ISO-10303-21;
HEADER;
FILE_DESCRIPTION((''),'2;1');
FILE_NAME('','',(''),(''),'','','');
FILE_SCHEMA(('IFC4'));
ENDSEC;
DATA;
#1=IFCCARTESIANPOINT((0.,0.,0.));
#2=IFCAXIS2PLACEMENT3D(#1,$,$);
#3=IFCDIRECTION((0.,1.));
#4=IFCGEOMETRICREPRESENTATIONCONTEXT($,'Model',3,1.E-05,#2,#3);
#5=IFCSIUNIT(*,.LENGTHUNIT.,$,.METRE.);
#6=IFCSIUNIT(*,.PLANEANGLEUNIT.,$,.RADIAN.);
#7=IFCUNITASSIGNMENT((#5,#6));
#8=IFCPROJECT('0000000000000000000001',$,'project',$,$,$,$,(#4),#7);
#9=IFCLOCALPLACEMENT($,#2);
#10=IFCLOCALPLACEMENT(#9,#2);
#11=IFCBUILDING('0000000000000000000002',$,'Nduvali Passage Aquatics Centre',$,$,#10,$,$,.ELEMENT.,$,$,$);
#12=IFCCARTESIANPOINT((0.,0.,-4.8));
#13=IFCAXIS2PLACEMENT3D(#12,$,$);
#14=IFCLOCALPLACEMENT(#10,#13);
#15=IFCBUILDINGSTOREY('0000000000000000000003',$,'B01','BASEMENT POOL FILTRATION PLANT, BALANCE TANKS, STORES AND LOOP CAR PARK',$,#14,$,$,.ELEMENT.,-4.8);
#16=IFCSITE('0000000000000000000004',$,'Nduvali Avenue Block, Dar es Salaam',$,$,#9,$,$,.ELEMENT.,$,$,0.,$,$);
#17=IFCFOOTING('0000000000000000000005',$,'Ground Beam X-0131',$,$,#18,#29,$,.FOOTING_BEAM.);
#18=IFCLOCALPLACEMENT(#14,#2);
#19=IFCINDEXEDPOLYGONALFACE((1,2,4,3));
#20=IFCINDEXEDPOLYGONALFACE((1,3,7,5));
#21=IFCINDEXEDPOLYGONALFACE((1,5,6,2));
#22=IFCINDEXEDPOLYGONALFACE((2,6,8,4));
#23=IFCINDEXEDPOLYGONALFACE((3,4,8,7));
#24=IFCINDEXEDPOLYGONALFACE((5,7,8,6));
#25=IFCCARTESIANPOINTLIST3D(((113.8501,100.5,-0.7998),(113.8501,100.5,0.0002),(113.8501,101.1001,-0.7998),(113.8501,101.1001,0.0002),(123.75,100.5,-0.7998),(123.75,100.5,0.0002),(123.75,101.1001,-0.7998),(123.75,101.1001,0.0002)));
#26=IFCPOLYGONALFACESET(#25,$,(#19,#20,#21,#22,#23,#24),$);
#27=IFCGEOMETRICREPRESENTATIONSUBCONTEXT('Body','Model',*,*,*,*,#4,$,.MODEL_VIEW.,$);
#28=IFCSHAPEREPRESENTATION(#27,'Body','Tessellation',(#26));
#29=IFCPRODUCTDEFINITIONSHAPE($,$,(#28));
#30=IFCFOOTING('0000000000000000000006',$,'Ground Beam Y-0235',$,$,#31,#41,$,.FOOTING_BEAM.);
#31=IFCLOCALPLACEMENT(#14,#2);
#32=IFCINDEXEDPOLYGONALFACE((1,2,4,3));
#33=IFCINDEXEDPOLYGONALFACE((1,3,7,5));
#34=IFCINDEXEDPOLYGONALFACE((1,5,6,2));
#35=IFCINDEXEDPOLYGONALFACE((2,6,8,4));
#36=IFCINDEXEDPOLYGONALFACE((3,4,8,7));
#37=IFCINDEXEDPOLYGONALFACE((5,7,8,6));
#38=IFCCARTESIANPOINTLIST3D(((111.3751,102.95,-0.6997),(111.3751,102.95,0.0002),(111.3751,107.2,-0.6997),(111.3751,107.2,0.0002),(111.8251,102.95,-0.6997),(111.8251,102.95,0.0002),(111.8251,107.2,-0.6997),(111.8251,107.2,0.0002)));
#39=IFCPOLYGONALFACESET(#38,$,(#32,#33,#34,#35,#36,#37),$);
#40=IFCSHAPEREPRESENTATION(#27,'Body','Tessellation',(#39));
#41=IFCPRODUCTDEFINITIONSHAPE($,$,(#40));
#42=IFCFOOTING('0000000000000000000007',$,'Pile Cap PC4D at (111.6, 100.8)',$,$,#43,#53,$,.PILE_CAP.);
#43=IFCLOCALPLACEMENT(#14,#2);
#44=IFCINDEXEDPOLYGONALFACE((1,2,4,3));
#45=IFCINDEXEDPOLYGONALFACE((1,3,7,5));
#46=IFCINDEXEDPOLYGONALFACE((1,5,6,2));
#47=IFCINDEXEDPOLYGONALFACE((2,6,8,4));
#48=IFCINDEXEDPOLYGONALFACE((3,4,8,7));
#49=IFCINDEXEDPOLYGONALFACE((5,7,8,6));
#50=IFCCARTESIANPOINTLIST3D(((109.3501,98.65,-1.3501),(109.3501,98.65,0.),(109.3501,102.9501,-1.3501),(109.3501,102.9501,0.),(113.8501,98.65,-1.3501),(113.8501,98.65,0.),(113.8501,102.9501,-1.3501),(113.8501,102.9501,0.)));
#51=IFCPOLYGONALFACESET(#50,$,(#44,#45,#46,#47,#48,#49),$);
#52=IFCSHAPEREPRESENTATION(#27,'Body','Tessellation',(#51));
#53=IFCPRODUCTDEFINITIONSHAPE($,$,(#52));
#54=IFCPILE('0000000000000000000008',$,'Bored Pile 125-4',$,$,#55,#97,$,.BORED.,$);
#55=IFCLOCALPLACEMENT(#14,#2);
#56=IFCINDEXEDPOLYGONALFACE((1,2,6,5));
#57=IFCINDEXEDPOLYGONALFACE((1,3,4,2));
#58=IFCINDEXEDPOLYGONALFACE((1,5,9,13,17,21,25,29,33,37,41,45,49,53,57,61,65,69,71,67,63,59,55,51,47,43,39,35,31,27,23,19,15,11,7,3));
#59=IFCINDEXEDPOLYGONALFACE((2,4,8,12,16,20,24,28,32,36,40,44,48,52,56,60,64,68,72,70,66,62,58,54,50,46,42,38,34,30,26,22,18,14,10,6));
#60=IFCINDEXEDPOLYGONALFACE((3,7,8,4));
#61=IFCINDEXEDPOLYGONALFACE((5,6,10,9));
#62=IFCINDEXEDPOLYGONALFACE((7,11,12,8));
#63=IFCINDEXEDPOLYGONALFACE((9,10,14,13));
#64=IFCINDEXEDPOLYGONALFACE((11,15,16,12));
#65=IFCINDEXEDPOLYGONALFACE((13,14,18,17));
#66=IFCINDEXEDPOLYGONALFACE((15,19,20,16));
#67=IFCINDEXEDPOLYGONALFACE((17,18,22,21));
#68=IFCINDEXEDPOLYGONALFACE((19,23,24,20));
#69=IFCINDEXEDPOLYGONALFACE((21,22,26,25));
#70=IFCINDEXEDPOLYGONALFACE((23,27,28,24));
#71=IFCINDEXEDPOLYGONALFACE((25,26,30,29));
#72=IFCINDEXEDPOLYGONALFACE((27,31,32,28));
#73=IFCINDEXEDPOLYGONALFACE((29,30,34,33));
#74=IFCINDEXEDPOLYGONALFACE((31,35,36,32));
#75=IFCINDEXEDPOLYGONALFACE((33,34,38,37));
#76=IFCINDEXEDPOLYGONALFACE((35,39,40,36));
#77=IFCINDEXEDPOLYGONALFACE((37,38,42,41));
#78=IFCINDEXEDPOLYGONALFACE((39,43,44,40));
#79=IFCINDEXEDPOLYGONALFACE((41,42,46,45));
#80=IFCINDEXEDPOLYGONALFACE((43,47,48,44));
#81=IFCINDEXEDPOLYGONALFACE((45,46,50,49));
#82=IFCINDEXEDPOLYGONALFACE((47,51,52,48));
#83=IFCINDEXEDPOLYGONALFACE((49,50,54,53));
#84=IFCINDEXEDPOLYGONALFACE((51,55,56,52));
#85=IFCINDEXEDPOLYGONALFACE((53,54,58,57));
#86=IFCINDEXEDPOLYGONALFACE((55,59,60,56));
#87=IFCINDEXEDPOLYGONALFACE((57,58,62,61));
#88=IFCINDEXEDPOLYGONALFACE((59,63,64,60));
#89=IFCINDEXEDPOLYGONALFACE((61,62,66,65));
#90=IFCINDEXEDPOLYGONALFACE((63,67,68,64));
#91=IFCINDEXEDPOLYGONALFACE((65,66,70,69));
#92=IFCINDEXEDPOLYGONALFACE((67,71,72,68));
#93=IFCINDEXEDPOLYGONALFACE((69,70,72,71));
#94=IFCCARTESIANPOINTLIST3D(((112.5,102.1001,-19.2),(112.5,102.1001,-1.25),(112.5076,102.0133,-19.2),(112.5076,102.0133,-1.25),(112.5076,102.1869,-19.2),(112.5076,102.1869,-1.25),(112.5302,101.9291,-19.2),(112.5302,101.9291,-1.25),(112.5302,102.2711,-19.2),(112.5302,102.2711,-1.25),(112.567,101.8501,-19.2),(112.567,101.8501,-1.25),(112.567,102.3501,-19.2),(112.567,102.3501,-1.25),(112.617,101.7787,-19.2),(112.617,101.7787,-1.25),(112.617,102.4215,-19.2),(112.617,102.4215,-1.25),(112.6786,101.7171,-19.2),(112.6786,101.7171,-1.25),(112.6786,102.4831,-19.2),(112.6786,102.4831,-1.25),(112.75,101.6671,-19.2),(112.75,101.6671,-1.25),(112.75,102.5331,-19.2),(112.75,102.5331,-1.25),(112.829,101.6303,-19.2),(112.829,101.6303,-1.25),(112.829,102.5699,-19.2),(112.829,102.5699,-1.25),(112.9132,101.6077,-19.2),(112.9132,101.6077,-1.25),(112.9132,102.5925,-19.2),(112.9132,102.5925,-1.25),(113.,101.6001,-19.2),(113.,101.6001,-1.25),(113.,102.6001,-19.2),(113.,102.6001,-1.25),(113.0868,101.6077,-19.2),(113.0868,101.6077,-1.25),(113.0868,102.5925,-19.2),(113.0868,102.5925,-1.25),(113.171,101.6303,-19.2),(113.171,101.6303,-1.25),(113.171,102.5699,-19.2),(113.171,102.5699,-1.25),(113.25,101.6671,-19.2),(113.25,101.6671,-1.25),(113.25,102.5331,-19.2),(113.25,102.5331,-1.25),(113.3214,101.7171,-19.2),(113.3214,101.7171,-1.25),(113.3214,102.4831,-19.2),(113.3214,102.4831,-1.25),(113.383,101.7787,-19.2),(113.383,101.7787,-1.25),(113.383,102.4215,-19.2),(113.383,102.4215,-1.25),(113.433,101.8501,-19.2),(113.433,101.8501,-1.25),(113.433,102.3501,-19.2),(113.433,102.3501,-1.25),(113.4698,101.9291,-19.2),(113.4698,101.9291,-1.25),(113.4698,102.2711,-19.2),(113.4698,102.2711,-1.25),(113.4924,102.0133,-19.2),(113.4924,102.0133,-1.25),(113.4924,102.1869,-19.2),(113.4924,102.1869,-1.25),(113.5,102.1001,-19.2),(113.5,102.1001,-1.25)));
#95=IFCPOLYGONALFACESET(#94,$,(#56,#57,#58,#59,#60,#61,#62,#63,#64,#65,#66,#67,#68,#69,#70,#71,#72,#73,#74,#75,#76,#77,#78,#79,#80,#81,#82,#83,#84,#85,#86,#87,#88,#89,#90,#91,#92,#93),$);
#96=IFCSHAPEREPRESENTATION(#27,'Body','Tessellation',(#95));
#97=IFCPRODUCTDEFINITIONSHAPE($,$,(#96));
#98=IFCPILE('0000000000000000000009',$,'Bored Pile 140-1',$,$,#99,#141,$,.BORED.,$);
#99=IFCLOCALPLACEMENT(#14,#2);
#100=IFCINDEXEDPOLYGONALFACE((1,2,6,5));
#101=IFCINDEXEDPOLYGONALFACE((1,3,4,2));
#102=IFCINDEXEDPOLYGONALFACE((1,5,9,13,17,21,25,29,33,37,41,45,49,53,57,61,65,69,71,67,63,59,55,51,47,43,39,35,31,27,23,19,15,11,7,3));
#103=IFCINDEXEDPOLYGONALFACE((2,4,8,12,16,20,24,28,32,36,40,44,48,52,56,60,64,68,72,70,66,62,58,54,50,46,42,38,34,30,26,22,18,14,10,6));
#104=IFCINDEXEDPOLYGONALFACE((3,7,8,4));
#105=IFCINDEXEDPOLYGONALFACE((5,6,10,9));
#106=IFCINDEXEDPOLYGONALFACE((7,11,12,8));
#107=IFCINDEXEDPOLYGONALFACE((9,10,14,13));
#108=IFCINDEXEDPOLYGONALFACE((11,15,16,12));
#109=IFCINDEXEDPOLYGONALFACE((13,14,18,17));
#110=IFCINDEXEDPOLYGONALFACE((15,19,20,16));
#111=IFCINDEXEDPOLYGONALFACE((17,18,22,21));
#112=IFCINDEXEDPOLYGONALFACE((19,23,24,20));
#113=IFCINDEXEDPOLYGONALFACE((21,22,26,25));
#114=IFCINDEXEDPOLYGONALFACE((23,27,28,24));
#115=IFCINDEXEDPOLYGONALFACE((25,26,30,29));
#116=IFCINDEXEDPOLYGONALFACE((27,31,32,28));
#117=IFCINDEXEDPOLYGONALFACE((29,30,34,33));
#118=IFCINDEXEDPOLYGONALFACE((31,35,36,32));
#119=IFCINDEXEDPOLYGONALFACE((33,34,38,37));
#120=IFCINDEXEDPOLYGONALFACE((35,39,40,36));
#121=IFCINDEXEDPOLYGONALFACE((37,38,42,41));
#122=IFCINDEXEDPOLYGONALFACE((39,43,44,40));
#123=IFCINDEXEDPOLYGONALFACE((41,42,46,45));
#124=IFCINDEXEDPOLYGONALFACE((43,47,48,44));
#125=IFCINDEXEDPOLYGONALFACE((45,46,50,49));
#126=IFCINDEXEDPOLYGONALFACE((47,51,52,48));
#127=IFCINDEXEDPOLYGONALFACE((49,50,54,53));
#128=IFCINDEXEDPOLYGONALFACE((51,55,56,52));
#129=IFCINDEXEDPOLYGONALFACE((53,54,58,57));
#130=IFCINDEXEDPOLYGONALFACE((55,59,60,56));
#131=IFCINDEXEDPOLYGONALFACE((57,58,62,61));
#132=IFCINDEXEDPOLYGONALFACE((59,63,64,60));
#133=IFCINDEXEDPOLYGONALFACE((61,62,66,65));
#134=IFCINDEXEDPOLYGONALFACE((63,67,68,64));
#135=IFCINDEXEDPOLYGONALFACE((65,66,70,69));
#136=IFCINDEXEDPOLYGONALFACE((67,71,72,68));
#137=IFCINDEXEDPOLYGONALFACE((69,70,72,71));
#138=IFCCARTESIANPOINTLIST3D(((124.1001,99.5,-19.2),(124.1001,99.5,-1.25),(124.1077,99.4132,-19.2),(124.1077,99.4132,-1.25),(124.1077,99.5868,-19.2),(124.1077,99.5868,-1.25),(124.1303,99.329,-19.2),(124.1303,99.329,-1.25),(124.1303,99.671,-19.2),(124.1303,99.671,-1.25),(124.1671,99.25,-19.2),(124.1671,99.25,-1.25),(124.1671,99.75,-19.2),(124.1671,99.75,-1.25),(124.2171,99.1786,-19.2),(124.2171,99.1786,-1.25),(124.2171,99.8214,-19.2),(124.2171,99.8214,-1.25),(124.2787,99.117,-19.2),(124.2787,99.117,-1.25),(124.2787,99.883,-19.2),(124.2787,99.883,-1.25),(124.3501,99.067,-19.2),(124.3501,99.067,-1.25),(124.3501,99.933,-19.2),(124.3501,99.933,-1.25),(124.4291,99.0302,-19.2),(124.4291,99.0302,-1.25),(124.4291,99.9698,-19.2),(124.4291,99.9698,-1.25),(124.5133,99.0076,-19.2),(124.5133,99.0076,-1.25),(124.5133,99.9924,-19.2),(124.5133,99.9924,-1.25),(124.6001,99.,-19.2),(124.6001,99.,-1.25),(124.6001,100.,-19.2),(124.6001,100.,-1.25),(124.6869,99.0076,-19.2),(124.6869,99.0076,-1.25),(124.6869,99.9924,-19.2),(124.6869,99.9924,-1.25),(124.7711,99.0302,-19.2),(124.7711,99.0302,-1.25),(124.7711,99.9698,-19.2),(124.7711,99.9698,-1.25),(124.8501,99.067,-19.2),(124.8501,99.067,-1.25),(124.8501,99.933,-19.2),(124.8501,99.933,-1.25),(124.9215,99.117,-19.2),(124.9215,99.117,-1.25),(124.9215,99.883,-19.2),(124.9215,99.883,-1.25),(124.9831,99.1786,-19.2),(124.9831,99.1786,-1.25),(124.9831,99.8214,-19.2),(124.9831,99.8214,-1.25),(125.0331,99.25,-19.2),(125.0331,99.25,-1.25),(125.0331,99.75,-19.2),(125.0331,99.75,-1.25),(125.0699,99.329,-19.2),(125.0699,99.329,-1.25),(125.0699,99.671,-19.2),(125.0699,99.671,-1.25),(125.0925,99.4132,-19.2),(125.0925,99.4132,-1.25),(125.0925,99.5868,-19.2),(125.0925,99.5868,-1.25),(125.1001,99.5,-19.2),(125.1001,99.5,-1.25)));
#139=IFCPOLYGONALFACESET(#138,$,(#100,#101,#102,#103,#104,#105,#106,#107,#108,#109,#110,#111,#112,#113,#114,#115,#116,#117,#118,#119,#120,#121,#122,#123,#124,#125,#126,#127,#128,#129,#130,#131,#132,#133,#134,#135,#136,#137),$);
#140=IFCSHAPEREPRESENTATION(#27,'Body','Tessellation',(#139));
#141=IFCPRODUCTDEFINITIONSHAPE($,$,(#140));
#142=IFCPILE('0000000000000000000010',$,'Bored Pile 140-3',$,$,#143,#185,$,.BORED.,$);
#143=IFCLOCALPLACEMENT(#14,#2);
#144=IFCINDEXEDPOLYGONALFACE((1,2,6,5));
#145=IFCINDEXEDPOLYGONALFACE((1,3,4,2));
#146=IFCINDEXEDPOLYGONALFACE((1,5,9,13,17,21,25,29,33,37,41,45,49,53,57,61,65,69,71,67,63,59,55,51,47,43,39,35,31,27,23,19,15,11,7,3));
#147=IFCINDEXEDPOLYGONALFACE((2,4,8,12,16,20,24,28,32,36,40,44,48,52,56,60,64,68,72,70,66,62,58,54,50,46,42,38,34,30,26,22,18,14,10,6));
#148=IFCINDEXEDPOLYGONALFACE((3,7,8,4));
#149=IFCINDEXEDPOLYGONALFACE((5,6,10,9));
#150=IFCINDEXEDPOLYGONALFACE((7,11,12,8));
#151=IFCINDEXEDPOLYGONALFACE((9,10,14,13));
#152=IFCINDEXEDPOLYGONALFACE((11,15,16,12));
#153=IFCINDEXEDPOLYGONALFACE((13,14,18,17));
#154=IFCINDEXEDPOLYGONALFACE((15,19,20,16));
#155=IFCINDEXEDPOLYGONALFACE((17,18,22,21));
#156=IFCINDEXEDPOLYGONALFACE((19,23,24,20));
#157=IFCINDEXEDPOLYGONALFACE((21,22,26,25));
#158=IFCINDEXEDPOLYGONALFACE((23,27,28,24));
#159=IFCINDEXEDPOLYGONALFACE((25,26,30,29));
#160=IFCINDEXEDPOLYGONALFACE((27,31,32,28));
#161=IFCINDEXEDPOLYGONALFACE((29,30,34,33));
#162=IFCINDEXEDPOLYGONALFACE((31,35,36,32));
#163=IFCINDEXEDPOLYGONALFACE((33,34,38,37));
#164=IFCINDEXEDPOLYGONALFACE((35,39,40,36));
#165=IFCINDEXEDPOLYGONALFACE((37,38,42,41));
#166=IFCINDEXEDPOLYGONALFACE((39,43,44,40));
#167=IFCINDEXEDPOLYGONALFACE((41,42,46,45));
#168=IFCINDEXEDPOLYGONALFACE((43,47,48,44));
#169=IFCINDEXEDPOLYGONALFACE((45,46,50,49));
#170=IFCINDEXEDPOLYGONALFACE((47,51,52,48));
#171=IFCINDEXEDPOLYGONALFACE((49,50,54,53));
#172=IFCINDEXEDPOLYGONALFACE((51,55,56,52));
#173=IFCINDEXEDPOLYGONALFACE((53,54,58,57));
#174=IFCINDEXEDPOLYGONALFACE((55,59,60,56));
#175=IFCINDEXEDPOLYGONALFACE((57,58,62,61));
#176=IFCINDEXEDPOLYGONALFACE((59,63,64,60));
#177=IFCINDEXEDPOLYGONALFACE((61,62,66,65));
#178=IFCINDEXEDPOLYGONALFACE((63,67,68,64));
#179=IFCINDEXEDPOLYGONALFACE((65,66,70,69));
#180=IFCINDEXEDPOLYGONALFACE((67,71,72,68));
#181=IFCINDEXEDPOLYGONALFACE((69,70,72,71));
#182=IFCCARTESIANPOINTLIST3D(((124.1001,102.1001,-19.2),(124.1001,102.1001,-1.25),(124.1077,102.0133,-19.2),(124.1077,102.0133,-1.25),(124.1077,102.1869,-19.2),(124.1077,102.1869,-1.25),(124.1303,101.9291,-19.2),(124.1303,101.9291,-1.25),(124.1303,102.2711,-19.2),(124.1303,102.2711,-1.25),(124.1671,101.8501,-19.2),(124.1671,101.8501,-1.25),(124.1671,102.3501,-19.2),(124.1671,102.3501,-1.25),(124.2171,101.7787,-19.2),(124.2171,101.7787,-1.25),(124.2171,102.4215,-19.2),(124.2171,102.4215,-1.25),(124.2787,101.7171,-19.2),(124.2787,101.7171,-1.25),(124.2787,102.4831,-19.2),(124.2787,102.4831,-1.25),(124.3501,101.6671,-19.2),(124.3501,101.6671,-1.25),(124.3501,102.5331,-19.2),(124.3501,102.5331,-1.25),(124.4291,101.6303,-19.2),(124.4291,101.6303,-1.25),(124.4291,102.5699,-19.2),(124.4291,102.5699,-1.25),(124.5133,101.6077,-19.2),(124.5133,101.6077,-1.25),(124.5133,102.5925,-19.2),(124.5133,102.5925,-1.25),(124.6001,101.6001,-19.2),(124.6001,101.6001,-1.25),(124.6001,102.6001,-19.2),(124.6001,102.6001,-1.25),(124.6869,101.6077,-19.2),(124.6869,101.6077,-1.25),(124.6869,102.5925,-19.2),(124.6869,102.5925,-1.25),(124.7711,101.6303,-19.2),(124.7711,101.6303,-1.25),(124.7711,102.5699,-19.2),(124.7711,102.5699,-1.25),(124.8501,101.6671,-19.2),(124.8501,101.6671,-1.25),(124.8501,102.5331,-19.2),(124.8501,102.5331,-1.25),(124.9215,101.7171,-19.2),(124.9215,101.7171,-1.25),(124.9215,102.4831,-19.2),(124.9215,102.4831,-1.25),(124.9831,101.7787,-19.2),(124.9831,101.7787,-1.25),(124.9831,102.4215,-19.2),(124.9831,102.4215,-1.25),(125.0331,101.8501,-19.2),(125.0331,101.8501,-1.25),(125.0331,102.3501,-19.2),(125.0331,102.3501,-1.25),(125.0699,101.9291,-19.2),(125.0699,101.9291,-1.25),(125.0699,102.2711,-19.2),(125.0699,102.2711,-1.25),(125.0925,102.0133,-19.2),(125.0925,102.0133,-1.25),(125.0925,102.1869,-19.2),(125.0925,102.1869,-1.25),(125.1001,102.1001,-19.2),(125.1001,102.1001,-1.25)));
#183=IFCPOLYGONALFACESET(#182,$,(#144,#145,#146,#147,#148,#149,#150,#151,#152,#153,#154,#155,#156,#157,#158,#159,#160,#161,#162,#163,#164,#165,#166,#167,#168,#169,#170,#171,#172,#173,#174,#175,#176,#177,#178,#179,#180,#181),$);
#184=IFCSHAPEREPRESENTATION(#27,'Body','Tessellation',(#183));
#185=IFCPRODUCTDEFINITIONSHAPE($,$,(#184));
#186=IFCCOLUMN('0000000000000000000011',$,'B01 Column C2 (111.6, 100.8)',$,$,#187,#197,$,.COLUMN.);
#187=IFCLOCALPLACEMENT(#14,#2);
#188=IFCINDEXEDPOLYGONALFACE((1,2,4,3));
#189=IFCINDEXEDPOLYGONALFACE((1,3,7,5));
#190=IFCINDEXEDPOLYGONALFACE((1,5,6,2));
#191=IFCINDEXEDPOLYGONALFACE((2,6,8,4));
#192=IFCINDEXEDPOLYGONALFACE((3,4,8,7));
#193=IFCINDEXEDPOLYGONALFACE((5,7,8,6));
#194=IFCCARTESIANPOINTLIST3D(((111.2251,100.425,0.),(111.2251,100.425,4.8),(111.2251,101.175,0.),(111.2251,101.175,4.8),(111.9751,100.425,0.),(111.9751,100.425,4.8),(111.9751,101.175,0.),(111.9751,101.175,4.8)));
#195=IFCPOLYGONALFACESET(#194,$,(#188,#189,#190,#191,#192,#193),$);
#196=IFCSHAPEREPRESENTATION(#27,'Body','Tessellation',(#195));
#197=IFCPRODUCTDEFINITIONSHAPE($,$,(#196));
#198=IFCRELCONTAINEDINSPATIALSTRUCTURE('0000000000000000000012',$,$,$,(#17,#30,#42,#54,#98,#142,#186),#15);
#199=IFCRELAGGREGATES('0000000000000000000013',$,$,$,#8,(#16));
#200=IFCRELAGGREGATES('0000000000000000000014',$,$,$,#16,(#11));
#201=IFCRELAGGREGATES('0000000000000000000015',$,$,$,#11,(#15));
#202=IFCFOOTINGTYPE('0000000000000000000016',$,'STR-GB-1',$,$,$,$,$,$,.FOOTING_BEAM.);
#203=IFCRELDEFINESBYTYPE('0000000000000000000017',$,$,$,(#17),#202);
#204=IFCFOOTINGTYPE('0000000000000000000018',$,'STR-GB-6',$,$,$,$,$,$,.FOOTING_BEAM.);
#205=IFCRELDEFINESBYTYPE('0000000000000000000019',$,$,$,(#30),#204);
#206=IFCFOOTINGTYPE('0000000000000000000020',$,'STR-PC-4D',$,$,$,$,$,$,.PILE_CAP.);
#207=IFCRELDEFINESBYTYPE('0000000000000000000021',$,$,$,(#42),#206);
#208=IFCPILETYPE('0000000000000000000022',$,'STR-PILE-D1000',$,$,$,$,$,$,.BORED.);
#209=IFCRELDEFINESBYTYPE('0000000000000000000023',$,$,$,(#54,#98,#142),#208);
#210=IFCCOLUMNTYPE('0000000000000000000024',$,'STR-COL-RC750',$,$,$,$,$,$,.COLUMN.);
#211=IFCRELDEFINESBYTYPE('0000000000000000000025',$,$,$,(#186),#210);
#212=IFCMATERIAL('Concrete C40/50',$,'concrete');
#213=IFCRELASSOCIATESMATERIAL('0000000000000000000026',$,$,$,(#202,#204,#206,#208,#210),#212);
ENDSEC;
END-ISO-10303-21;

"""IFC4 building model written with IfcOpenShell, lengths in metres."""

from ifc_helpers import new_model, si_unit, direction, frame, origin, origin_2d, place, context, subcontext, project, spatial, rectangle, circle, extrude, material, material_profile, profile_set, type_object, element, save


model = new_model("IFC4")

# Units and contexts
model_context = context("Model", 3, precision=1e-05, world=origin(), true_north=direction((0.0, 1.0)))
body_context = subcontext(model_context, "Body", "Model", "MODEL_VIEW")
ifc_project = project(units=[si_unit("LENGTHUNIT", "METRE"), si_unit("PLANEANGLEUNIT", "RADIAN")], contexts=[model_context])

# Site, building, storey
site_placement = place(None, origin())
site = spatial("IfcSite", under=ifc_project, at=site_placement, Name="Nduvali Avenue Block, Dar es Salaam", CompositionType="ELEMENT", RefElevation=0.0)
building_placement = place(site_placement, origin())
building = spatial("IfcBuilding", under=site, at=building_placement, Name="Nduvali Passage Aquatics Centre", CompositionType="ELEMENT")
storey_placement = place(building_placement, frame((0.0, 0.0, -4.8)))
storey = spatial("IfcBuildingStorey", under=building, at=storey_placement, Name="B01", Description="BASEMENT POOL FILTRATION PLANT, BALANCE TANKS, STORES AND LOOP CAR PARK", CompositionType="ELEMENT", Elevation=-4.8)

# Footings
ifc_material_1 = material(Name="Concrete C40/50", Category="concrete")
footing_type_1 = type_object("IfcFootingType", Name="STR-GB-1", PredefinedType="FOOTING_BEAM", material=ifc_material_1)
footing_1_placement = place(storey_placement, frame((118.8, 100.8, -0.7998), z_axis=(0.0, 0.0, 1.0), x_axis=(1.0, 0.0, 0.0)))
element("IfcFooting", 1, at=footing_1_placement, inside=storey, type_object=footing_type_1, Name="Ground Beam X-0131", PredefinedType="FOOTING_BEAM", context=body_context, shape_type="SweptSolid", body=[
    extrude(rectangle(XDim=9.8999, YDim=0.6001, at=origin_2d()), origin(), (0.0, 0.0, 1.0), 0.8),
])
footing_type_2 = type_object("IfcFootingType", Name="STR-GB-6", PredefinedType="FOOTING_BEAM", material=ifc_material_1)
footing_2_placement = place(storey_placement, frame((111.6001, 105.075, -0.6997), z_axis=(0.0, 0.0, 1.0), x_axis=(0.0, 1.0, 0.0)))
element("IfcFooting", 2, at=footing_2_placement, inside=storey, type_object=footing_type_2, Name="Ground Beam Y-0235", PredefinedType="FOOTING_BEAM", context=body_context, shape_type="SweptSolid", body=[
    extrude(rectangle(XDim=4.25, YDim=0.45, at=origin_2d()), origin(), (0.0, 0.0, 1.0), 0.7),
])
footing_type_3 = type_object("IfcFootingType", Name="STR-PC-4D", PredefinedType="PILE_CAP", material=ifc_material_1)
footing_3_placement = place(storey_placement, frame((111.6001, 100.8, -1.3501), z_axis=(0.0, 0.0, 1.0), x_axis=(1.0, 0.0, 0.0)))
element("IfcFooting", 3, at=footing_3_placement, inside=storey, type_object=footing_type_3, Name="Pile Cap PC4D at (111.6, 100.8)", PredefinedType="PILE_CAP", context=body_context, shape_type="SweptSolid", body=[
    extrude(rectangle(XDim=4.5, YDim=4.3, at=origin_2d()), origin(), (0.0, 0.0, 1.0), 1.3501),
])

# Piles
ifc_material_profile_1 = material_profile(ifc_material_1, circle(Radius=0.5, at=origin_2d()), Name="PILE D1000")
ifc_profile_set_1 = profile_set([ifc_material_profile_1], Name="Concrete C40/50")
pile_type = type_object("IfcPileType", Name="STR-PILE-D1000", PredefinedType="BORED", material=ifc_profile_set_1)
for number, where, z_axis, x_axis, name in (
    (4, (113.0, 102.1001, -1.25), (0.0, 0.0, -1.0), (1.0, 0.0, 0.0), "Bored Pile 125-4"),
    (5, (124.6001, 99.5, -1.25), (0.0, 0.0, -1.0), (1.0, 0.0, 0.0), "Bored Pile 140-1"),
    (6, (124.6001, 102.1001, -1.25), (0.0, 0.0, -1.0), (1.0, 0.0, 0.0), "Bored Pile 140-3"),
):
    element("IfcPile", number, at=place(storey_placement, frame(where, z_axis=z_axis, x_axis=x_axis)), inside=storey, type_object=pile_type, Name=name, PredefinedType="BORED", context=body_context, shape_type="SweptSolid", body=[
        extrude(circle(Radius=0.5, at=origin_2d()), origin(), (0.0, 0.0, 1.0), 17.95),
    ])

# Column
ifc_material_profile_2 = material_profile(ifc_material_1, rectangle(XDim=0.75, YDim=0.75, at=origin_2d()), Name="RC 750x750")
ifc_profile_set_2 = profile_set([ifc_material_profile_2], Name="Concrete C40/50")
column_type = type_object("IfcColumnType", Name="STR-COL-RC750", PredefinedType="COLUMN", material=ifc_profile_set_2)
column_placement = place(storey_placement, frame((111.6001, 100.8, 0.0), z_axis=(0.0, 0.0, 1.0), x_axis=(1.0, 0.0, 0.0)))
element("IfcColumn", 7, at=column_placement, inside=storey, type_object=column_type, Name="B01 Column C2 (111.6, 100.8)", PredefinedType="COLUMN", context=body_context, shape_type="SweptSolid", body=[
    extrude(rectangle(XDim=0.75, YDim=0.75, at=origin_2d()), origin(), (0.0, 0.0, 1.0), 4.8),
])

save(model, "model.ifc")
